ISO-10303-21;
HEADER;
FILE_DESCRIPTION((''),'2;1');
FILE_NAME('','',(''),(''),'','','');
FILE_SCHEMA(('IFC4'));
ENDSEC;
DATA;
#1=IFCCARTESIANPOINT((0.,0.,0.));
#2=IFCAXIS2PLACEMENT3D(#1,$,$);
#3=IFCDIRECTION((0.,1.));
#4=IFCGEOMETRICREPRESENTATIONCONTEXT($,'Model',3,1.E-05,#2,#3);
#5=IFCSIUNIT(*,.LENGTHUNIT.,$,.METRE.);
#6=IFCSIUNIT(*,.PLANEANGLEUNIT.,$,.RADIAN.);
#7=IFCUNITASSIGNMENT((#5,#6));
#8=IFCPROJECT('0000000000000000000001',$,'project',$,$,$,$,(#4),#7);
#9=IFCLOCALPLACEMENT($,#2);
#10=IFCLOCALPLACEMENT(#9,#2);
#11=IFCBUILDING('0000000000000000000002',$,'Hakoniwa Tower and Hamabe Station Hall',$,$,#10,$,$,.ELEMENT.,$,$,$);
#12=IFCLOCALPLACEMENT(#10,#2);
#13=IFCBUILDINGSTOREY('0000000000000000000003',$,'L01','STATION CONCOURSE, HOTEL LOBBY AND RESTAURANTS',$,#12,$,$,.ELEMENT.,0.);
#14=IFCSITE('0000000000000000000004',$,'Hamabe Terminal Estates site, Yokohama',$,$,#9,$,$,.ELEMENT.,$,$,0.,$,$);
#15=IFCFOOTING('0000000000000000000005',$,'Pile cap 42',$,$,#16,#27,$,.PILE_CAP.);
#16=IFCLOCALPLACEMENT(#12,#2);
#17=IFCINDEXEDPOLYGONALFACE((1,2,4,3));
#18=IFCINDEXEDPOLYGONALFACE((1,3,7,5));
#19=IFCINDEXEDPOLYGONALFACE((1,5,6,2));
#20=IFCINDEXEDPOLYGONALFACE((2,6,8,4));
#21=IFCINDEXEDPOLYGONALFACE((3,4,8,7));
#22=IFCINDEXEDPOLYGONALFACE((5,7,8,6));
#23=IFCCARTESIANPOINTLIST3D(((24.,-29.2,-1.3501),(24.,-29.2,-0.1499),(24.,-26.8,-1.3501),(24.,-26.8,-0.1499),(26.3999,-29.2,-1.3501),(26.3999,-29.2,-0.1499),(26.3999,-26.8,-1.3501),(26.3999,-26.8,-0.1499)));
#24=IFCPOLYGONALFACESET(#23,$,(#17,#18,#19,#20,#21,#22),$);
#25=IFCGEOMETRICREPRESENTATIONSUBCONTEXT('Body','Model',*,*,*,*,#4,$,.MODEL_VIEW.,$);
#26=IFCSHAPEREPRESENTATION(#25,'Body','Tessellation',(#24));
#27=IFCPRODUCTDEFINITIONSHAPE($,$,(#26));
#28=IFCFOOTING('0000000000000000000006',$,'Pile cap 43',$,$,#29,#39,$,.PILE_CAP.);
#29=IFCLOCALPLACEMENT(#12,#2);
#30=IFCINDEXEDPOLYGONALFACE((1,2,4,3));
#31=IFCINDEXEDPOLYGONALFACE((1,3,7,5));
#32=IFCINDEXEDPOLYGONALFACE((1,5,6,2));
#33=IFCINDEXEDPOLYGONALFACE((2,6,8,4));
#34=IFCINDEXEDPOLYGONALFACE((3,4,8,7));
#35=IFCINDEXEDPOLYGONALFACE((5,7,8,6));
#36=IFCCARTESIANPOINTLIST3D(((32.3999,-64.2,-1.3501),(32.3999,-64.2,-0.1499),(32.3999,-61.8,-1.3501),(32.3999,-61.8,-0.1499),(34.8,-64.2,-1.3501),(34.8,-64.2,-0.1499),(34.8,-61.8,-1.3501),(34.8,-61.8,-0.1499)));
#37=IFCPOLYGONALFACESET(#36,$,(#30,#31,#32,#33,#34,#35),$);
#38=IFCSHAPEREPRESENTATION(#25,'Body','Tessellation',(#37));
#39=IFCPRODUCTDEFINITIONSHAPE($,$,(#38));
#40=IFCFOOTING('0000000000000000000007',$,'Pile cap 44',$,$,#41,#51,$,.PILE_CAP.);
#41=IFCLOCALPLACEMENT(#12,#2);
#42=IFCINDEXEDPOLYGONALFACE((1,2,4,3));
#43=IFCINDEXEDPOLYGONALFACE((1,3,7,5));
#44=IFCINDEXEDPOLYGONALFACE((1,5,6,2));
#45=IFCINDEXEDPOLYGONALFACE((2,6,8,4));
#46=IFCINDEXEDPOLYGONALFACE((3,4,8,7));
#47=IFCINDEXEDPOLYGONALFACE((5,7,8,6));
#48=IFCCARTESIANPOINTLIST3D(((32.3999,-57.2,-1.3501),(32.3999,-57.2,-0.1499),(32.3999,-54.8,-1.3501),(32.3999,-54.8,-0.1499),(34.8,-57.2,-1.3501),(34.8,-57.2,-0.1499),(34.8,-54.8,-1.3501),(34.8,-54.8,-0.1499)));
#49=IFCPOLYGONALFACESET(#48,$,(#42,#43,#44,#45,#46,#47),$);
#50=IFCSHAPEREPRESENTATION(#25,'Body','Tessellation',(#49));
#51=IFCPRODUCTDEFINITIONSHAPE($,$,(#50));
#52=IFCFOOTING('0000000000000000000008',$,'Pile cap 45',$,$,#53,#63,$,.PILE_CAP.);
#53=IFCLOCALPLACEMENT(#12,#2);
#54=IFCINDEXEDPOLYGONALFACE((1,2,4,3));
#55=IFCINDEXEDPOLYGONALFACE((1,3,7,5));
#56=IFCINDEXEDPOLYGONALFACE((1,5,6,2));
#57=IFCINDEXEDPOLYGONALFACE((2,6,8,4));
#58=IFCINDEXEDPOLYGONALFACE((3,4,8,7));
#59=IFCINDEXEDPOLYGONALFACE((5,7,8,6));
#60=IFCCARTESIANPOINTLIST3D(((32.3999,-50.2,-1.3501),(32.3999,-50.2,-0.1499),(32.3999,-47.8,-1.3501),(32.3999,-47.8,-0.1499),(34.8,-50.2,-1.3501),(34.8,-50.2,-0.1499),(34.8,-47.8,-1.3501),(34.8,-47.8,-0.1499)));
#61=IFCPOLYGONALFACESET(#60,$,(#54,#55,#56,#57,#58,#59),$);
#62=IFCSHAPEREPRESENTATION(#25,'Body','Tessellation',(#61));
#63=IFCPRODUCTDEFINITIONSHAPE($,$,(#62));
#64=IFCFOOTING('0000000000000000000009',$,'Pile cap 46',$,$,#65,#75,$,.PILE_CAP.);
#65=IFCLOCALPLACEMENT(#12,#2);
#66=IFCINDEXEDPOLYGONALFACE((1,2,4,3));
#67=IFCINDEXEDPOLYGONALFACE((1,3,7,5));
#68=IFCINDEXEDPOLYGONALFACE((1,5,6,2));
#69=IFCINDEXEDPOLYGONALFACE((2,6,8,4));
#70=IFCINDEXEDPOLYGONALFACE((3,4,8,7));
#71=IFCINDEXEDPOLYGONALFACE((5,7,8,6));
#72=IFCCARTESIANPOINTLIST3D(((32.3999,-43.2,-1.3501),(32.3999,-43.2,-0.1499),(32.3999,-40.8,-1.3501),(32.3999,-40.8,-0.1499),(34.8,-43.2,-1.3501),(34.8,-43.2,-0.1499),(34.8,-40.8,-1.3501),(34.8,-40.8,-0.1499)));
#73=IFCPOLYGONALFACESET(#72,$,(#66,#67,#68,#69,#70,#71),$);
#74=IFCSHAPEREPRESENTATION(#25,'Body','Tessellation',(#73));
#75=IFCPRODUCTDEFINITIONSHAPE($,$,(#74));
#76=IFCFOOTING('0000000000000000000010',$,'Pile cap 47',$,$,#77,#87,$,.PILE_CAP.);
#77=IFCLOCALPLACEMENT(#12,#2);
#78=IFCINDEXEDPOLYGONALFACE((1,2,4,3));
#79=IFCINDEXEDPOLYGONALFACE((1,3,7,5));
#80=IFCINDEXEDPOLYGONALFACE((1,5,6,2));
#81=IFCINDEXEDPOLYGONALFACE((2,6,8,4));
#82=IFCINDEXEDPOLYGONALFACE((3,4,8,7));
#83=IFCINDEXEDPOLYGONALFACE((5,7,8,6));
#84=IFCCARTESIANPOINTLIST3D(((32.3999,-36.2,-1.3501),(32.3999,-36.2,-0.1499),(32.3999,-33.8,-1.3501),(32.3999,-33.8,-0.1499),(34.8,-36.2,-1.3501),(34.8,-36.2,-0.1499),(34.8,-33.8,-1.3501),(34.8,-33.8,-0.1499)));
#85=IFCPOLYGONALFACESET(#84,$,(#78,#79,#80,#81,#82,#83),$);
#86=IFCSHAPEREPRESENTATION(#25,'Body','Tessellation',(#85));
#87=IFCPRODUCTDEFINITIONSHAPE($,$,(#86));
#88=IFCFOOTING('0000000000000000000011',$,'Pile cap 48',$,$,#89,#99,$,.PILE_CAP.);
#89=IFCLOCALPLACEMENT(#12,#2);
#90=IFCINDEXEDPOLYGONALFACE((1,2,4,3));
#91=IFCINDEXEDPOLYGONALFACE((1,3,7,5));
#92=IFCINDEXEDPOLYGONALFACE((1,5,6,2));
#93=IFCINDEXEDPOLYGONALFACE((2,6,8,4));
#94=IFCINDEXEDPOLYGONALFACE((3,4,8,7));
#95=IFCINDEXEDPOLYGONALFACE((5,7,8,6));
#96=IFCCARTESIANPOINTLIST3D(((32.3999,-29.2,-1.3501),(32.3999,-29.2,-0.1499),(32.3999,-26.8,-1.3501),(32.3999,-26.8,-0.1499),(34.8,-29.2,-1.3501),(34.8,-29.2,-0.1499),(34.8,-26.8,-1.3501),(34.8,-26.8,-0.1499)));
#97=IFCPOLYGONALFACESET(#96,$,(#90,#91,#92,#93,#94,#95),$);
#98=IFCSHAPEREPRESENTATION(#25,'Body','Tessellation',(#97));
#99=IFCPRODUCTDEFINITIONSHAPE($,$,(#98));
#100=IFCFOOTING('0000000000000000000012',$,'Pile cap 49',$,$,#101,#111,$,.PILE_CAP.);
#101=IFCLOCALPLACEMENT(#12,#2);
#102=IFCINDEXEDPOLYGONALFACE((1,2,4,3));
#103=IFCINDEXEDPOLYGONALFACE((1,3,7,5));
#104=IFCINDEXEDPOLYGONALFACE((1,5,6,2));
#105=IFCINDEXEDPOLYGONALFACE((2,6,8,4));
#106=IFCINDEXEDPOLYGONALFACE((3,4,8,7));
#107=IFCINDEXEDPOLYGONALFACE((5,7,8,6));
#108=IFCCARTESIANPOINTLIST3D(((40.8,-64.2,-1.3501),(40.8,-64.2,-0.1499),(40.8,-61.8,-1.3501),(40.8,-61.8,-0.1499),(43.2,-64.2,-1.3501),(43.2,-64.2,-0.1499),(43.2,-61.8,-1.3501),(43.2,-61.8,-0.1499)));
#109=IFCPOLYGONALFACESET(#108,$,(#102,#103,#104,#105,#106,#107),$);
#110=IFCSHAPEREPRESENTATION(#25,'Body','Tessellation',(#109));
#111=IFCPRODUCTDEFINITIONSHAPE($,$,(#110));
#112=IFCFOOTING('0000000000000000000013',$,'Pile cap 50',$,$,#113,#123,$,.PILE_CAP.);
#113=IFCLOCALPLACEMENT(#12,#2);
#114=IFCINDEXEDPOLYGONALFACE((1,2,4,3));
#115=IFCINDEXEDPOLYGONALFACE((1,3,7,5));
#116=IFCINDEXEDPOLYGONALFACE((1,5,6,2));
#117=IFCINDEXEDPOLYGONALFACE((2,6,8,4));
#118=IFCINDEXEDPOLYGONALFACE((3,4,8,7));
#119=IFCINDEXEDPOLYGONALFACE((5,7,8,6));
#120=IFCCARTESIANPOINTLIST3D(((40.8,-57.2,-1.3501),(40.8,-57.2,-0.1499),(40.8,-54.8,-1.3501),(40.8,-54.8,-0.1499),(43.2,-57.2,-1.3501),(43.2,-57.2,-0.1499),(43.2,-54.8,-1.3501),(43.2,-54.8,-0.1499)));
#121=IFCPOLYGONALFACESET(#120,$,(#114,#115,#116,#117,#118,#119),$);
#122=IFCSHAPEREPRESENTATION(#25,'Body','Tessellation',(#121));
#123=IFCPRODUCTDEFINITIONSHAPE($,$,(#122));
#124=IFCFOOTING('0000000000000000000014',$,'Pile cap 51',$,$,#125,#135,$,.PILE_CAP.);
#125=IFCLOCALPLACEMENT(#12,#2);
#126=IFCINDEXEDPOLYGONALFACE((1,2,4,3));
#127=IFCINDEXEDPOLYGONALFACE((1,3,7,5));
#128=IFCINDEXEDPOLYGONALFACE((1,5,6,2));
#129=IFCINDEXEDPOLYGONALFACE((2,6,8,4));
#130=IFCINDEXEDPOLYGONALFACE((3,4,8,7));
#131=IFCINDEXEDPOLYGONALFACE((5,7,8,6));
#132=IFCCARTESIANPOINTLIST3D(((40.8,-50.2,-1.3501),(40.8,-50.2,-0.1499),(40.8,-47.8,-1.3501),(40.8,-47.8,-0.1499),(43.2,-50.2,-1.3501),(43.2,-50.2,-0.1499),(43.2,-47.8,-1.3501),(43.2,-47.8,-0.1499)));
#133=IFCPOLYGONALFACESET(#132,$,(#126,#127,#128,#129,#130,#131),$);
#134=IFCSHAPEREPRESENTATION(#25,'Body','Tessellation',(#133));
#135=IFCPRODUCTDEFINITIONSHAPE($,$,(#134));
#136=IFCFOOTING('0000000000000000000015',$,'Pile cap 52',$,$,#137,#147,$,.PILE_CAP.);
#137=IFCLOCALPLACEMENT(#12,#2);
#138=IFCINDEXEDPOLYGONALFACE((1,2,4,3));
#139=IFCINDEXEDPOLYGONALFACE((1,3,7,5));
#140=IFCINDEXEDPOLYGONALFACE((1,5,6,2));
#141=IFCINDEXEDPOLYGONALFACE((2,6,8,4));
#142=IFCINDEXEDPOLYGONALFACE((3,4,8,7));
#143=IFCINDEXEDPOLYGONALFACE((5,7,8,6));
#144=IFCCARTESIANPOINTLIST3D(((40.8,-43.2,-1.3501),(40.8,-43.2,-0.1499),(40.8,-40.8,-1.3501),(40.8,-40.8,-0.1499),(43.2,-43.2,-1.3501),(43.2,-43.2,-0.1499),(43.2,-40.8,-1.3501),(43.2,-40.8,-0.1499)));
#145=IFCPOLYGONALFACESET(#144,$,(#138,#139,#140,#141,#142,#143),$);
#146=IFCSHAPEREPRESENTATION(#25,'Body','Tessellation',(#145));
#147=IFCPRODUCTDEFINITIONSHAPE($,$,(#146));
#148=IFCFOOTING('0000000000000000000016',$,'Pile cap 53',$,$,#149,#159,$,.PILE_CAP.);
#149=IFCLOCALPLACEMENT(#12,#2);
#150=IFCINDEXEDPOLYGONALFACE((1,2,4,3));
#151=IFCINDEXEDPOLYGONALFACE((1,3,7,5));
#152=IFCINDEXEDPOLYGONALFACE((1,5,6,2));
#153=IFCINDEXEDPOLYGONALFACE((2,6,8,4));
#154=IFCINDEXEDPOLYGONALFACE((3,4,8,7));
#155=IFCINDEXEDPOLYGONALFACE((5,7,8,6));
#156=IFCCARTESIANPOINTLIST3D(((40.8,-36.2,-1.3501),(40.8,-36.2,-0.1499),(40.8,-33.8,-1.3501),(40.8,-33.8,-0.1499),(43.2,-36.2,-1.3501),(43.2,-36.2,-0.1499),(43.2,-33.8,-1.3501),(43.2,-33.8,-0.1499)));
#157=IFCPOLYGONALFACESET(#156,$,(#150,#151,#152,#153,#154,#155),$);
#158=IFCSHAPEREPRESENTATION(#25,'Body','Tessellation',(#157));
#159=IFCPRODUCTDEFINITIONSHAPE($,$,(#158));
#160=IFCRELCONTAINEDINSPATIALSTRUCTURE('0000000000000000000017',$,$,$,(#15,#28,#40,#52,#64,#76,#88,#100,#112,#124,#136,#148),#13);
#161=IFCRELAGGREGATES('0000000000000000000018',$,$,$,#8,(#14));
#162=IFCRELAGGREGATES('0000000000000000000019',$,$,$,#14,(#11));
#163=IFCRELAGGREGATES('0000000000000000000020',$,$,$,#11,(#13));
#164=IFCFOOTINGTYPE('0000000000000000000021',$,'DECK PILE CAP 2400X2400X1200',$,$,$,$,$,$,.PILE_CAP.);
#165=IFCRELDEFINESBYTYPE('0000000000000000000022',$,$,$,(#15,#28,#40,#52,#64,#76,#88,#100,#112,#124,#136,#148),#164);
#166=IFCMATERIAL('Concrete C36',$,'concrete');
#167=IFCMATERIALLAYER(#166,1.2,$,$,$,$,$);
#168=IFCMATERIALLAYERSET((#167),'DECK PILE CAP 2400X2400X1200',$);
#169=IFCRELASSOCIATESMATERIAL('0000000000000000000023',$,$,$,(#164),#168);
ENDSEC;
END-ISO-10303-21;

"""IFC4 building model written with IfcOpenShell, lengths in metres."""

from ifc_helpers import new_model, si_unit, direction, frame, origin, place, context, subcontext, project, spatial, polyline, outline, extrude, material, layer, layer_set, type_object, element, save


model = new_model("IFC4")

# Units and contexts
model_context = context("Model", 3, precision=1e-05, world=origin(), true_north=direction((0.0, 1.0)))
body_context = subcontext(model_context, "Body", "Model", "MODEL_VIEW")
ifc_project = project(units=[si_unit("LENGTHUNIT", "METRE"), si_unit("PLANEANGLEUNIT", "RADIAN")], contexts=[model_context])

# Site, building, storey
site_placement = place(None, origin())
site = spatial("IfcSite", under=ifc_project, at=site_placement, Name="Hamabe Terminal Estates site, Yokohama", CompositionType="ELEMENT", RefElevation=0.0)
building_placement = place(site_placement, origin())
building = spatial("IfcBuilding", under=site, at=building_placement, Name="Hakoniwa Tower and Hamabe Station Hall", CompositionType="ELEMENT")
storey_placement = place(building_placement, origin())
storey = spatial("IfcBuildingStorey", under=building, at=storey_placement, Name="L01", Description="STATION CONCOURSE, HOTEL LOBBY AND RESTAURANTS", CompositionType="ELEMENT", Elevation=0.0)

# Footings
ifc_material = material(Name="Concrete C36", Category="concrete")
ifc_layer = layer(ifc_material, 1.2)
ifc_layer_set = layer_set([ifc_layer], Name="DECK PILE CAP 2400X2400X1200")
footing_type = type_object("IfcFootingType", Name="DECK PILE CAP 2400X2400X1200", PredefinedType="PILE_CAP", material=ifc_layer_set)
footing_1_placement = place(storey_placement, frame((0.0, 0.0, -1.3501)))
element("IfcFooting", 1, at=footing_1_placement, inside=storey, type_object=footing_type, Name="Pile cap 42", PredefinedType="PILE_CAP", context=body_context, shape_type="SweptSolid", body=[
    extrude(outline(polyline([(24.0, -29.2), (26.3999, -29.2), (26.3999, -26.8), (24.0, -26.8), (24.0, -29.2)])), origin(), (0.0, 0.0, 1.0), 1.2002),
])
footing_2_placement = place(storey_placement, frame((0.0, 0.0, -1.3501)))
element("IfcFooting", 2, at=footing_2_placement, inside=storey, type_object=footing_type, Name="Pile cap 43", PredefinedType="PILE_CAP", context=body_context, shape_type="SweptSolid", body=[
    extrude(outline(polyline([(32.3999, -64.2), (34.8, -64.2), (34.8, -61.8), (32.3999, -61.8), (32.3999, -64.2)])), origin(), (0.0, 0.0, 1.0), 1.2002),
])
footing_3_placement = place(storey_placement, frame((0.0, 0.0, -1.3501)))
element("IfcFooting", 3, at=footing_3_placement, inside=storey, type_object=footing_type, Name="Pile cap 44", PredefinedType="PILE_CAP", context=body_context, shape_type="SweptSolid", body=[
    extrude(outline(polyline([(32.3999, -57.2), (34.8, -57.2), (34.8, -54.8), (32.3999, -54.8), (32.3999, -57.2)])), origin(), (0.0, 0.0, 1.0), 1.2002),
])
footing_4_placement = place(storey_placement, frame((0.0, 0.0, -1.3501)))
element("IfcFooting", 4, at=footing_4_placement, inside=storey, type_object=footing_type, Name="Pile cap 45", PredefinedType="PILE_CAP", context=body_context, shape_type="SweptSolid", body=[
    extrude(outline(polyline([(32.3999, -50.2), (34.8, -50.2), (34.8, -47.8), (32.3999, -47.8), (32.3999, -50.2)])), origin(), (0.0, 0.0, 1.0), 1.2002),
])
footing_5_placement = place(storey_placement, frame((0.0, 0.0, -1.3501)))
element("IfcFooting", 5, at=footing_5_placement, inside=storey, type_object=footing_type, Name="Pile cap 46", PredefinedType="PILE_CAP", context=body_context, shape_type="SweptSolid", body=[
    extrude(outline(polyline([(32.3999, -43.2), (34.8, -43.2), (34.8, -40.8), (32.3999, -40.8), (32.3999, -43.2)])), origin(), (0.0, 0.0, 1.0), 1.2002),
])
footing_6_placement = place(storey_placement, frame((0.0, 0.0, -1.3501)))
element("IfcFooting", 6, at=footing_6_placement, inside=storey, type_object=footing_type, Name="Pile cap 47", PredefinedType="PILE_CAP", context=body_context, shape_type="SweptSolid", body=[
    extrude(outline(polyline([(32.3999, -36.2), (34.8, -36.2), (34.8, -33.8), (32.3999, -33.8), (32.3999, -36.2)])), origin(), (0.0, 0.0, 1.0), 1.2002),
])
footing_7_placement = place(storey_placement, frame((0.0, 0.0, -1.3501)))
element("IfcFooting", 7, at=footing_7_placement, inside=storey, type_object=footing_type, Name="Pile cap 48", PredefinedType="PILE_CAP", context=body_context, shape_type="SweptSolid", body=[
    extrude(outline(polyline([(32.3999, -29.2), (34.8, -29.2), (34.8, -26.8), (32.3999, -26.8), (32.3999, -29.2)])), origin(), (0.0, 0.0, 1.0), 1.2002),
])
footing_8_placement = place(storey_placement, frame((0.0, 0.0, -1.3501)))
element("IfcFooting", 8, at=footing_8_placement, inside=storey, type_object=footing_type, Name="Pile cap 49", PredefinedType="PILE_CAP", context=body_context, shape_type="SweptSolid", body=[
    extrude(outline(polyline([(40.8, -64.2), (43.2, -64.2), (43.2, -61.8), (40.8, -61.8), (40.8, -64.2)])), origin(), (0.0, 0.0, 1.0), 1.2002),
])
footing_9_placement = place(storey_placement, frame((0.0, 0.0, -1.3501)))
element("IfcFooting", 9, at=footing_9_placement, inside=storey, type_object=footing_type, Name="Pile cap 50", PredefinedType="PILE_CAP", context=body_context, shape_type="SweptSolid", body=[
    extrude(outline(polyline([(40.8, -57.2), (43.2, -57.2), (43.2, -54.8), (40.8, -54.8), (40.8, -57.2)])), origin(), (0.0, 0.0, 1.0), 1.2002),
])
footing_10_placement = place(storey_placement, frame((0.0, 0.0, -1.3501)))
element("IfcFooting", 10, at=footing_10_placement, inside=storey, type_object=footing_type, Name="Pile cap 51", PredefinedType="PILE_CAP", context=body_context, shape_type="SweptSolid", body=[
    extrude(outline(polyline([(40.8, -50.2), (43.2, -50.2), (43.2, -47.8), (40.8, -47.8), (40.8, -50.2)])), origin(), (0.0, 0.0, 1.0), 1.2002),
])
footing_11_placement = place(storey_placement, frame((0.0, 0.0, -1.3501)))
element("IfcFooting", 11, at=footing_11_placement, inside=storey, type_object=footing_type, Name="Pile cap 52", PredefinedType="PILE_CAP", context=body_context, shape_type="SweptSolid", body=[
    extrude(outline(polyline([(40.8, -43.2), (43.2, -43.2), (43.2, -40.8), (40.8, -40.8), (40.8, -43.2)])), origin(), (0.0, 0.0, 1.0), 1.2002),
])
footing_12_placement = place(storey_placement, frame((0.0, 0.0, -1.3501)))
element("IfcFooting", 12, at=footing_12_placement, inside=storey, type_object=footing_type, Name="Pile cap 53", PredefinedType="PILE_CAP", context=body_context, shape_type="SweptSolid", body=[
    extrude(outline(polyline([(40.8, -36.2), (43.2, -36.2), (43.2, -33.8), (40.8, -33.8), (40.8, -36.2)])), origin(), (0.0, 0.0, 1.0), 1.2002),
])

save(model, "model.ifc")
